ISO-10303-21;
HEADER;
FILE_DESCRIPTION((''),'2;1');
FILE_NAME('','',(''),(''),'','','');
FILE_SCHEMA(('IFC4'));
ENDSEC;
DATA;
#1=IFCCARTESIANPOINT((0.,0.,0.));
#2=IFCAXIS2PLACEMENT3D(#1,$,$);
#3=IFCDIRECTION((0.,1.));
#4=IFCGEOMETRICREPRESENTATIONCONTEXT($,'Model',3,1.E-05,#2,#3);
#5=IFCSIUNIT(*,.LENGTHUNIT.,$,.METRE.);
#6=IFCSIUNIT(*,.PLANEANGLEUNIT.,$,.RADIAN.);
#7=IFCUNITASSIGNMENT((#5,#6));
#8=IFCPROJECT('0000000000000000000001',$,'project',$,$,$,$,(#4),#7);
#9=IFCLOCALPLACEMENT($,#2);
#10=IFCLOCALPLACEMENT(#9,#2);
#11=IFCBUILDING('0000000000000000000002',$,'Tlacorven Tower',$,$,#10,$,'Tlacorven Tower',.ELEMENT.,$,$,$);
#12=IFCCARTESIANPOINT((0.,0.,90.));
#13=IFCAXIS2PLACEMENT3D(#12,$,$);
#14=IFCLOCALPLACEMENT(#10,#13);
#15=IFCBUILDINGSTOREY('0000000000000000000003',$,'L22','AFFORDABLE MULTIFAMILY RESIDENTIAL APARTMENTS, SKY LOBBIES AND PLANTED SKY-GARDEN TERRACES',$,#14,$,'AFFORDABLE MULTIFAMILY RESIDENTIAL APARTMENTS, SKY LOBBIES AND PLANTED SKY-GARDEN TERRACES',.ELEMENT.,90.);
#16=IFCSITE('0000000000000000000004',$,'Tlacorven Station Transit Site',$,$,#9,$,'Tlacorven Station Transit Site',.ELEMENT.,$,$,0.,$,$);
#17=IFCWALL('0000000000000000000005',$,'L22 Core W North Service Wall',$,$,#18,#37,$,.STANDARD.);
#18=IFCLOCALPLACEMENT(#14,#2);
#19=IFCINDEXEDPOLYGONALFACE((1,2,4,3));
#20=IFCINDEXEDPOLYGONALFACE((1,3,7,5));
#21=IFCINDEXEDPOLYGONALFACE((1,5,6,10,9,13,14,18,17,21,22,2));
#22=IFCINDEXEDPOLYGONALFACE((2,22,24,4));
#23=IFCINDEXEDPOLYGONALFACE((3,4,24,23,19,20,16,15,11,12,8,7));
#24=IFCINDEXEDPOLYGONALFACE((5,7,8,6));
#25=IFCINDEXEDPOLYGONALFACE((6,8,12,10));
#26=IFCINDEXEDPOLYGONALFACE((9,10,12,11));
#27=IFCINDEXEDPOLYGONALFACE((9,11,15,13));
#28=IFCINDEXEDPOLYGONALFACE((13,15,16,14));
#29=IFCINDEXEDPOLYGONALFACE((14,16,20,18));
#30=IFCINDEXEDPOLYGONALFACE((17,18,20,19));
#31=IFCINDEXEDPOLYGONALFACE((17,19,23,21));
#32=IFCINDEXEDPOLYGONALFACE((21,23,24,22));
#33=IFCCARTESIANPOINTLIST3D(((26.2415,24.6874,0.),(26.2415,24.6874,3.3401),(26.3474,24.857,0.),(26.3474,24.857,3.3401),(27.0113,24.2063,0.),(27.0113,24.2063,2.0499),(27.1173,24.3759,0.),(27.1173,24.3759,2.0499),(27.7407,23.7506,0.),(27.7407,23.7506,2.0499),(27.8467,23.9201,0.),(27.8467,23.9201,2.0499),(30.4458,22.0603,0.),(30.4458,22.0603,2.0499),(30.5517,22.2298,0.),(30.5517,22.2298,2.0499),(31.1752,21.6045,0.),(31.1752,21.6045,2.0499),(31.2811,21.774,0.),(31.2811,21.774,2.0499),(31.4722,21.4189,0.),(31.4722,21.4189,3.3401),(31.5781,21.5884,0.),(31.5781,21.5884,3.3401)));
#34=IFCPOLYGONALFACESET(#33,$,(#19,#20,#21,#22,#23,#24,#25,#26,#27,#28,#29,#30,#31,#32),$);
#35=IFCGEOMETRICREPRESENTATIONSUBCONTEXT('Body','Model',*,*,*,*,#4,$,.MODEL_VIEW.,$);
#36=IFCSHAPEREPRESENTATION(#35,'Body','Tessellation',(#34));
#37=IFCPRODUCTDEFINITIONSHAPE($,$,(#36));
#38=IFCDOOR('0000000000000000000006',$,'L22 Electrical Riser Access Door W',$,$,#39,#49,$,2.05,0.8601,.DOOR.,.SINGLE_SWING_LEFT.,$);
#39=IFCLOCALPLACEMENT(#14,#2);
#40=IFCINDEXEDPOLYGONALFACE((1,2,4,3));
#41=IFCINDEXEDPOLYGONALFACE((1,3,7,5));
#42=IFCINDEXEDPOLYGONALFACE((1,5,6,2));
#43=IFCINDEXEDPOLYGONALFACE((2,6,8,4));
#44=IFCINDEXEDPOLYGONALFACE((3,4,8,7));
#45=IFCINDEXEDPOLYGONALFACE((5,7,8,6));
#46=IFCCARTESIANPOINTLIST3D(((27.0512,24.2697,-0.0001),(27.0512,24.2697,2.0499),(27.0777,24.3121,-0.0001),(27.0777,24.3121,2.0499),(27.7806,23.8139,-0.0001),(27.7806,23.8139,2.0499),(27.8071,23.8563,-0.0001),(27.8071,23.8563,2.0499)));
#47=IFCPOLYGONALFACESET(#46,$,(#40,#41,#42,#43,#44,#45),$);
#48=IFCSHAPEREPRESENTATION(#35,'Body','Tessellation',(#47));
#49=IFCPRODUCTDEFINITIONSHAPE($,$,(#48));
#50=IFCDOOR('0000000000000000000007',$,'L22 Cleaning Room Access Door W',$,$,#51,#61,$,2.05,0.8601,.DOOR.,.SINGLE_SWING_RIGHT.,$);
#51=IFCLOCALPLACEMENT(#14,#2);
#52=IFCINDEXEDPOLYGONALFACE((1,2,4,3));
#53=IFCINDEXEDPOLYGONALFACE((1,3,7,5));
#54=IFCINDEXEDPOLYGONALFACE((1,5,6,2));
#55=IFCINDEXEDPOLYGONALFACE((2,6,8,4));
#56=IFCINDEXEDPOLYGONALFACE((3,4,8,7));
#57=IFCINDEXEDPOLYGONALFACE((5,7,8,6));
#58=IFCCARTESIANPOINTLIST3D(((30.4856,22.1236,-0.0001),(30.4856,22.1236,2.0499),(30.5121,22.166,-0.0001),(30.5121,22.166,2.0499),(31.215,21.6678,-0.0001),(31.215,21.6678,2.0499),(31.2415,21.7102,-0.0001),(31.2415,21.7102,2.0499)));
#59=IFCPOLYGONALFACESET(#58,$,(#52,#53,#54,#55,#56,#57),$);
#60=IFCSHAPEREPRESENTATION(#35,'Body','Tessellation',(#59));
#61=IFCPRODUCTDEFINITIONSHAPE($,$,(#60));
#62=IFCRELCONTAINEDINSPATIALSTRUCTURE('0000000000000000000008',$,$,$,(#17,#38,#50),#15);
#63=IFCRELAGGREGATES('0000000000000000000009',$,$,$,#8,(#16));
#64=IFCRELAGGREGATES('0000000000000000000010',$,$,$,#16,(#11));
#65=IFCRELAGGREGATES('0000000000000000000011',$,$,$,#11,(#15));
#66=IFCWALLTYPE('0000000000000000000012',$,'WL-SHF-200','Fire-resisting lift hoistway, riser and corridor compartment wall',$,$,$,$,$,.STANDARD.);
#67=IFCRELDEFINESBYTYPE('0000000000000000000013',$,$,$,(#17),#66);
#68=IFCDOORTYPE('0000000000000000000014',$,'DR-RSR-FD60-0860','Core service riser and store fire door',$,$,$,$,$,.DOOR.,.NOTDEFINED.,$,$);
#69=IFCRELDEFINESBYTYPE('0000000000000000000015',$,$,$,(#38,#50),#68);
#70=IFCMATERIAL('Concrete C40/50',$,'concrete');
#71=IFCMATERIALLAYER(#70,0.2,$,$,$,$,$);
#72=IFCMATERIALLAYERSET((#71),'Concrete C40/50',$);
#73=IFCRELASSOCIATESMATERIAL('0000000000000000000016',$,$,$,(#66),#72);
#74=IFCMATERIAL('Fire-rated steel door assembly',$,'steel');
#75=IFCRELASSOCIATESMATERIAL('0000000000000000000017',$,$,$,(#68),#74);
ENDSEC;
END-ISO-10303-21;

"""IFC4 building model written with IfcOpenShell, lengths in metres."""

from ifc_helpers import new_model, si_unit, direction, frame, frame_2d, origin, place, context, subcontext, project, spatial, rectangle, extrude, source, transform, mapped, material, layer, layer_set, type_object, element, fill, save


model = new_model("IFC4")

# Units and contexts
model_context = context("Model", 3, precision=1e-05, world=origin(), true_north=direction((0.0, 1.0)))
body_context = subcontext(model_context, "Body", "Model", "MODEL_VIEW")
ifc_project = project(units=[si_unit("LENGTHUNIT", "METRE"), si_unit("PLANEANGLEUNIT", "RADIAN")], contexts=[model_context])

# Site, building, storey
site_placement = place(None, origin())
site = spatial("IfcSite", under=ifc_project, at=site_placement, Name="Tlacorven Station Transit Site", LongName="Tlacorven Station Transit Site", CompositionType="ELEMENT", RefElevation=0.0)
building_placement = place(site_placement, origin())
building = spatial("IfcBuilding", under=site, at=building_placement, Name="Tlacorven Tower", LongName="Tlacorven Tower", CompositionType="ELEMENT")
storey_placement = place(building_placement, frame((0.0, 0.0, 90.0)))
storey = spatial("IfcBuildingStorey", under=building, at=storey_placement, Name="L22", Description="AFFORDABLE MULTIFAMILY RESIDENTIAL APARTMENTS, SKY LOBBIES AND PLANTED SKY-GARDEN TERRACES", LongName="AFFORDABLE MULTIFAMILY RESIDENTIAL APARTMENTS, SKY LOBBIES AND PLANTED SKY-GARDEN TERRACES", CompositionType="ELEMENT", Elevation=90.0)

# Shared definitions
ifc_material_1 = material(Name="Concrete C40/50", Category="concrete")
ifc_layer_1 = layer(ifc_material_1, 0.2)
ifc_layer_set_1 = layer_set([ifc_layer_1], Name="Concrete C40/50")
wall_type_1 = type_object("IfcWallType", Name="WL-SHF-200", Description="Fire-resisting lift hoistway, riser and corridor compartment wall", PredefinedType="STANDARD", material=ifc_layer_set_1)

# Wall, openings, doors
wall_1_placement = place(storey_placement, frame((31.5251, 21.5037, 0.0), z_axis=(0.0, 0.0, 1.0), x_axis=(-0.848045, 0.529924, 0.0)))
wall_1 = element("IfcWall", 1, at=wall_1_placement, inside=storey, type_object=wall_type_1, Name="L22 Core W North Service Wall", PredefinedType="STANDARD", context=body_context, shape_type="SweptSolid", body=[
    extrude(rectangle(XDim=6.168, YDim=0.2, at=frame_2d((3.084, 0.0))), origin(), (0.0, 0.0, 1.0), 3.3401),
])
opening_1_placement = place(wall_1_placement, frame((4.3999, 0.0, 0.0)))
opening_1 = element("IfcOpeningElement", 2, at=opening_1_placement, cuts=wall_1, PredefinedType="OPENING", context=body_context, shape_type="SweptSolid", body=[
    extrude(rectangle(XDim=0.8601, YDim=2.05, at=frame_2d((0.4302, 1.0249))), frame((0.0, 0.1099, 0.0), z_axis=(0.0, -1.0, 0.0), x_axis=(1.0, 0.0, 0.0)), (0.0, 0.0, 1.0), 0.22),
])
opening_2_placement = place(wall_1_placement, frame((0.3501, 0.0, 0.0)))
opening_2 = element("IfcOpeningElement", 3, at=opening_2_placement, cuts=wall_1, PredefinedType="OPENING", context=body_context, shape_type="SweptSolid", body=[
    extrude(rectangle(XDim=0.8601, YDim=2.05, at=frame_2d((0.4302, 1.0249))), frame((0.0, 0.1099, 0.0), z_axis=(0.0, -1.0, 0.0), x_axis=(1.0, 0.0, 0.0)), (0.0, 0.0, 1.0), 0.22),
])
ifc_material_2 = material(Name="Fire-rated steel door assembly", Category="steel")
door_type_1 = type_object("IfcDoorType", Name="DR-RSR-FD60-0860", Description="Core service riser and store fire door", OperationType="NOTDEFINED", PredefinedType="DOOR", material=ifc_material_2)
shared_shape_1 = source(origin(), body_context, "Body", "SweptSolid", [
    extrude(rectangle(XDim=0.8601, YDim=2.05, at=frame_2d((0.4302, 1.0249))), frame((0.0, 0.0249, 0.0), z_axis=(0.0, -1.0, 0.0), x_axis=(1.0, 0.0, 0.0)), (0.0, 0.0, 1.0), 0.05),
])
door_1_placement = place(opening_1_placement, frame((0.8601, 0.0, 0.0), z_axis=(0.0, 0.0, 1.0), x_axis=(-1.0, 0.0, 0.0)))
door_1 = element("IfcDoor", 4, at=door_1_placement, inside=storey, type_object=door_type_1, Name="L22 Electrical Riser Access Door W", OperationType="SINGLE_SWING_LEFT", OverallHeight=2.05, OverallWidth=0.8601, PredefinedType="DOOR", context=body_context, shape_type="MappedRepresentation", body=[
    mapped(shared_shape_1, transform((0.0, 0.0, 0.0), scale=1.0)),
])
fill(opening_1, door_1)
door_2_placement = place(opening_2_placement, frame((0.8601, 0.0, 0.0), z_axis=(0.0, 0.0, 1.0), x_axis=(-1.0, 0.0, 0.0)))
door_2 = element("IfcDoor", 5, at=door_2_placement, inside=storey, type_object=door_type_1, Name="L22 Cleaning Room Access Door W", OperationType="SINGLE_SWING_RIGHT", OverallHeight=2.05, OverallWidth=0.8601, PredefinedType="DOOR", context=body_context, shape_type="MappedRepresentation", body=[
    mapped(shared_shape_1, transform((0.0, 0.0, 0.0), scale=1.0)),
])
fill(opening_2, door_2)

save(model, "model.ifc")
